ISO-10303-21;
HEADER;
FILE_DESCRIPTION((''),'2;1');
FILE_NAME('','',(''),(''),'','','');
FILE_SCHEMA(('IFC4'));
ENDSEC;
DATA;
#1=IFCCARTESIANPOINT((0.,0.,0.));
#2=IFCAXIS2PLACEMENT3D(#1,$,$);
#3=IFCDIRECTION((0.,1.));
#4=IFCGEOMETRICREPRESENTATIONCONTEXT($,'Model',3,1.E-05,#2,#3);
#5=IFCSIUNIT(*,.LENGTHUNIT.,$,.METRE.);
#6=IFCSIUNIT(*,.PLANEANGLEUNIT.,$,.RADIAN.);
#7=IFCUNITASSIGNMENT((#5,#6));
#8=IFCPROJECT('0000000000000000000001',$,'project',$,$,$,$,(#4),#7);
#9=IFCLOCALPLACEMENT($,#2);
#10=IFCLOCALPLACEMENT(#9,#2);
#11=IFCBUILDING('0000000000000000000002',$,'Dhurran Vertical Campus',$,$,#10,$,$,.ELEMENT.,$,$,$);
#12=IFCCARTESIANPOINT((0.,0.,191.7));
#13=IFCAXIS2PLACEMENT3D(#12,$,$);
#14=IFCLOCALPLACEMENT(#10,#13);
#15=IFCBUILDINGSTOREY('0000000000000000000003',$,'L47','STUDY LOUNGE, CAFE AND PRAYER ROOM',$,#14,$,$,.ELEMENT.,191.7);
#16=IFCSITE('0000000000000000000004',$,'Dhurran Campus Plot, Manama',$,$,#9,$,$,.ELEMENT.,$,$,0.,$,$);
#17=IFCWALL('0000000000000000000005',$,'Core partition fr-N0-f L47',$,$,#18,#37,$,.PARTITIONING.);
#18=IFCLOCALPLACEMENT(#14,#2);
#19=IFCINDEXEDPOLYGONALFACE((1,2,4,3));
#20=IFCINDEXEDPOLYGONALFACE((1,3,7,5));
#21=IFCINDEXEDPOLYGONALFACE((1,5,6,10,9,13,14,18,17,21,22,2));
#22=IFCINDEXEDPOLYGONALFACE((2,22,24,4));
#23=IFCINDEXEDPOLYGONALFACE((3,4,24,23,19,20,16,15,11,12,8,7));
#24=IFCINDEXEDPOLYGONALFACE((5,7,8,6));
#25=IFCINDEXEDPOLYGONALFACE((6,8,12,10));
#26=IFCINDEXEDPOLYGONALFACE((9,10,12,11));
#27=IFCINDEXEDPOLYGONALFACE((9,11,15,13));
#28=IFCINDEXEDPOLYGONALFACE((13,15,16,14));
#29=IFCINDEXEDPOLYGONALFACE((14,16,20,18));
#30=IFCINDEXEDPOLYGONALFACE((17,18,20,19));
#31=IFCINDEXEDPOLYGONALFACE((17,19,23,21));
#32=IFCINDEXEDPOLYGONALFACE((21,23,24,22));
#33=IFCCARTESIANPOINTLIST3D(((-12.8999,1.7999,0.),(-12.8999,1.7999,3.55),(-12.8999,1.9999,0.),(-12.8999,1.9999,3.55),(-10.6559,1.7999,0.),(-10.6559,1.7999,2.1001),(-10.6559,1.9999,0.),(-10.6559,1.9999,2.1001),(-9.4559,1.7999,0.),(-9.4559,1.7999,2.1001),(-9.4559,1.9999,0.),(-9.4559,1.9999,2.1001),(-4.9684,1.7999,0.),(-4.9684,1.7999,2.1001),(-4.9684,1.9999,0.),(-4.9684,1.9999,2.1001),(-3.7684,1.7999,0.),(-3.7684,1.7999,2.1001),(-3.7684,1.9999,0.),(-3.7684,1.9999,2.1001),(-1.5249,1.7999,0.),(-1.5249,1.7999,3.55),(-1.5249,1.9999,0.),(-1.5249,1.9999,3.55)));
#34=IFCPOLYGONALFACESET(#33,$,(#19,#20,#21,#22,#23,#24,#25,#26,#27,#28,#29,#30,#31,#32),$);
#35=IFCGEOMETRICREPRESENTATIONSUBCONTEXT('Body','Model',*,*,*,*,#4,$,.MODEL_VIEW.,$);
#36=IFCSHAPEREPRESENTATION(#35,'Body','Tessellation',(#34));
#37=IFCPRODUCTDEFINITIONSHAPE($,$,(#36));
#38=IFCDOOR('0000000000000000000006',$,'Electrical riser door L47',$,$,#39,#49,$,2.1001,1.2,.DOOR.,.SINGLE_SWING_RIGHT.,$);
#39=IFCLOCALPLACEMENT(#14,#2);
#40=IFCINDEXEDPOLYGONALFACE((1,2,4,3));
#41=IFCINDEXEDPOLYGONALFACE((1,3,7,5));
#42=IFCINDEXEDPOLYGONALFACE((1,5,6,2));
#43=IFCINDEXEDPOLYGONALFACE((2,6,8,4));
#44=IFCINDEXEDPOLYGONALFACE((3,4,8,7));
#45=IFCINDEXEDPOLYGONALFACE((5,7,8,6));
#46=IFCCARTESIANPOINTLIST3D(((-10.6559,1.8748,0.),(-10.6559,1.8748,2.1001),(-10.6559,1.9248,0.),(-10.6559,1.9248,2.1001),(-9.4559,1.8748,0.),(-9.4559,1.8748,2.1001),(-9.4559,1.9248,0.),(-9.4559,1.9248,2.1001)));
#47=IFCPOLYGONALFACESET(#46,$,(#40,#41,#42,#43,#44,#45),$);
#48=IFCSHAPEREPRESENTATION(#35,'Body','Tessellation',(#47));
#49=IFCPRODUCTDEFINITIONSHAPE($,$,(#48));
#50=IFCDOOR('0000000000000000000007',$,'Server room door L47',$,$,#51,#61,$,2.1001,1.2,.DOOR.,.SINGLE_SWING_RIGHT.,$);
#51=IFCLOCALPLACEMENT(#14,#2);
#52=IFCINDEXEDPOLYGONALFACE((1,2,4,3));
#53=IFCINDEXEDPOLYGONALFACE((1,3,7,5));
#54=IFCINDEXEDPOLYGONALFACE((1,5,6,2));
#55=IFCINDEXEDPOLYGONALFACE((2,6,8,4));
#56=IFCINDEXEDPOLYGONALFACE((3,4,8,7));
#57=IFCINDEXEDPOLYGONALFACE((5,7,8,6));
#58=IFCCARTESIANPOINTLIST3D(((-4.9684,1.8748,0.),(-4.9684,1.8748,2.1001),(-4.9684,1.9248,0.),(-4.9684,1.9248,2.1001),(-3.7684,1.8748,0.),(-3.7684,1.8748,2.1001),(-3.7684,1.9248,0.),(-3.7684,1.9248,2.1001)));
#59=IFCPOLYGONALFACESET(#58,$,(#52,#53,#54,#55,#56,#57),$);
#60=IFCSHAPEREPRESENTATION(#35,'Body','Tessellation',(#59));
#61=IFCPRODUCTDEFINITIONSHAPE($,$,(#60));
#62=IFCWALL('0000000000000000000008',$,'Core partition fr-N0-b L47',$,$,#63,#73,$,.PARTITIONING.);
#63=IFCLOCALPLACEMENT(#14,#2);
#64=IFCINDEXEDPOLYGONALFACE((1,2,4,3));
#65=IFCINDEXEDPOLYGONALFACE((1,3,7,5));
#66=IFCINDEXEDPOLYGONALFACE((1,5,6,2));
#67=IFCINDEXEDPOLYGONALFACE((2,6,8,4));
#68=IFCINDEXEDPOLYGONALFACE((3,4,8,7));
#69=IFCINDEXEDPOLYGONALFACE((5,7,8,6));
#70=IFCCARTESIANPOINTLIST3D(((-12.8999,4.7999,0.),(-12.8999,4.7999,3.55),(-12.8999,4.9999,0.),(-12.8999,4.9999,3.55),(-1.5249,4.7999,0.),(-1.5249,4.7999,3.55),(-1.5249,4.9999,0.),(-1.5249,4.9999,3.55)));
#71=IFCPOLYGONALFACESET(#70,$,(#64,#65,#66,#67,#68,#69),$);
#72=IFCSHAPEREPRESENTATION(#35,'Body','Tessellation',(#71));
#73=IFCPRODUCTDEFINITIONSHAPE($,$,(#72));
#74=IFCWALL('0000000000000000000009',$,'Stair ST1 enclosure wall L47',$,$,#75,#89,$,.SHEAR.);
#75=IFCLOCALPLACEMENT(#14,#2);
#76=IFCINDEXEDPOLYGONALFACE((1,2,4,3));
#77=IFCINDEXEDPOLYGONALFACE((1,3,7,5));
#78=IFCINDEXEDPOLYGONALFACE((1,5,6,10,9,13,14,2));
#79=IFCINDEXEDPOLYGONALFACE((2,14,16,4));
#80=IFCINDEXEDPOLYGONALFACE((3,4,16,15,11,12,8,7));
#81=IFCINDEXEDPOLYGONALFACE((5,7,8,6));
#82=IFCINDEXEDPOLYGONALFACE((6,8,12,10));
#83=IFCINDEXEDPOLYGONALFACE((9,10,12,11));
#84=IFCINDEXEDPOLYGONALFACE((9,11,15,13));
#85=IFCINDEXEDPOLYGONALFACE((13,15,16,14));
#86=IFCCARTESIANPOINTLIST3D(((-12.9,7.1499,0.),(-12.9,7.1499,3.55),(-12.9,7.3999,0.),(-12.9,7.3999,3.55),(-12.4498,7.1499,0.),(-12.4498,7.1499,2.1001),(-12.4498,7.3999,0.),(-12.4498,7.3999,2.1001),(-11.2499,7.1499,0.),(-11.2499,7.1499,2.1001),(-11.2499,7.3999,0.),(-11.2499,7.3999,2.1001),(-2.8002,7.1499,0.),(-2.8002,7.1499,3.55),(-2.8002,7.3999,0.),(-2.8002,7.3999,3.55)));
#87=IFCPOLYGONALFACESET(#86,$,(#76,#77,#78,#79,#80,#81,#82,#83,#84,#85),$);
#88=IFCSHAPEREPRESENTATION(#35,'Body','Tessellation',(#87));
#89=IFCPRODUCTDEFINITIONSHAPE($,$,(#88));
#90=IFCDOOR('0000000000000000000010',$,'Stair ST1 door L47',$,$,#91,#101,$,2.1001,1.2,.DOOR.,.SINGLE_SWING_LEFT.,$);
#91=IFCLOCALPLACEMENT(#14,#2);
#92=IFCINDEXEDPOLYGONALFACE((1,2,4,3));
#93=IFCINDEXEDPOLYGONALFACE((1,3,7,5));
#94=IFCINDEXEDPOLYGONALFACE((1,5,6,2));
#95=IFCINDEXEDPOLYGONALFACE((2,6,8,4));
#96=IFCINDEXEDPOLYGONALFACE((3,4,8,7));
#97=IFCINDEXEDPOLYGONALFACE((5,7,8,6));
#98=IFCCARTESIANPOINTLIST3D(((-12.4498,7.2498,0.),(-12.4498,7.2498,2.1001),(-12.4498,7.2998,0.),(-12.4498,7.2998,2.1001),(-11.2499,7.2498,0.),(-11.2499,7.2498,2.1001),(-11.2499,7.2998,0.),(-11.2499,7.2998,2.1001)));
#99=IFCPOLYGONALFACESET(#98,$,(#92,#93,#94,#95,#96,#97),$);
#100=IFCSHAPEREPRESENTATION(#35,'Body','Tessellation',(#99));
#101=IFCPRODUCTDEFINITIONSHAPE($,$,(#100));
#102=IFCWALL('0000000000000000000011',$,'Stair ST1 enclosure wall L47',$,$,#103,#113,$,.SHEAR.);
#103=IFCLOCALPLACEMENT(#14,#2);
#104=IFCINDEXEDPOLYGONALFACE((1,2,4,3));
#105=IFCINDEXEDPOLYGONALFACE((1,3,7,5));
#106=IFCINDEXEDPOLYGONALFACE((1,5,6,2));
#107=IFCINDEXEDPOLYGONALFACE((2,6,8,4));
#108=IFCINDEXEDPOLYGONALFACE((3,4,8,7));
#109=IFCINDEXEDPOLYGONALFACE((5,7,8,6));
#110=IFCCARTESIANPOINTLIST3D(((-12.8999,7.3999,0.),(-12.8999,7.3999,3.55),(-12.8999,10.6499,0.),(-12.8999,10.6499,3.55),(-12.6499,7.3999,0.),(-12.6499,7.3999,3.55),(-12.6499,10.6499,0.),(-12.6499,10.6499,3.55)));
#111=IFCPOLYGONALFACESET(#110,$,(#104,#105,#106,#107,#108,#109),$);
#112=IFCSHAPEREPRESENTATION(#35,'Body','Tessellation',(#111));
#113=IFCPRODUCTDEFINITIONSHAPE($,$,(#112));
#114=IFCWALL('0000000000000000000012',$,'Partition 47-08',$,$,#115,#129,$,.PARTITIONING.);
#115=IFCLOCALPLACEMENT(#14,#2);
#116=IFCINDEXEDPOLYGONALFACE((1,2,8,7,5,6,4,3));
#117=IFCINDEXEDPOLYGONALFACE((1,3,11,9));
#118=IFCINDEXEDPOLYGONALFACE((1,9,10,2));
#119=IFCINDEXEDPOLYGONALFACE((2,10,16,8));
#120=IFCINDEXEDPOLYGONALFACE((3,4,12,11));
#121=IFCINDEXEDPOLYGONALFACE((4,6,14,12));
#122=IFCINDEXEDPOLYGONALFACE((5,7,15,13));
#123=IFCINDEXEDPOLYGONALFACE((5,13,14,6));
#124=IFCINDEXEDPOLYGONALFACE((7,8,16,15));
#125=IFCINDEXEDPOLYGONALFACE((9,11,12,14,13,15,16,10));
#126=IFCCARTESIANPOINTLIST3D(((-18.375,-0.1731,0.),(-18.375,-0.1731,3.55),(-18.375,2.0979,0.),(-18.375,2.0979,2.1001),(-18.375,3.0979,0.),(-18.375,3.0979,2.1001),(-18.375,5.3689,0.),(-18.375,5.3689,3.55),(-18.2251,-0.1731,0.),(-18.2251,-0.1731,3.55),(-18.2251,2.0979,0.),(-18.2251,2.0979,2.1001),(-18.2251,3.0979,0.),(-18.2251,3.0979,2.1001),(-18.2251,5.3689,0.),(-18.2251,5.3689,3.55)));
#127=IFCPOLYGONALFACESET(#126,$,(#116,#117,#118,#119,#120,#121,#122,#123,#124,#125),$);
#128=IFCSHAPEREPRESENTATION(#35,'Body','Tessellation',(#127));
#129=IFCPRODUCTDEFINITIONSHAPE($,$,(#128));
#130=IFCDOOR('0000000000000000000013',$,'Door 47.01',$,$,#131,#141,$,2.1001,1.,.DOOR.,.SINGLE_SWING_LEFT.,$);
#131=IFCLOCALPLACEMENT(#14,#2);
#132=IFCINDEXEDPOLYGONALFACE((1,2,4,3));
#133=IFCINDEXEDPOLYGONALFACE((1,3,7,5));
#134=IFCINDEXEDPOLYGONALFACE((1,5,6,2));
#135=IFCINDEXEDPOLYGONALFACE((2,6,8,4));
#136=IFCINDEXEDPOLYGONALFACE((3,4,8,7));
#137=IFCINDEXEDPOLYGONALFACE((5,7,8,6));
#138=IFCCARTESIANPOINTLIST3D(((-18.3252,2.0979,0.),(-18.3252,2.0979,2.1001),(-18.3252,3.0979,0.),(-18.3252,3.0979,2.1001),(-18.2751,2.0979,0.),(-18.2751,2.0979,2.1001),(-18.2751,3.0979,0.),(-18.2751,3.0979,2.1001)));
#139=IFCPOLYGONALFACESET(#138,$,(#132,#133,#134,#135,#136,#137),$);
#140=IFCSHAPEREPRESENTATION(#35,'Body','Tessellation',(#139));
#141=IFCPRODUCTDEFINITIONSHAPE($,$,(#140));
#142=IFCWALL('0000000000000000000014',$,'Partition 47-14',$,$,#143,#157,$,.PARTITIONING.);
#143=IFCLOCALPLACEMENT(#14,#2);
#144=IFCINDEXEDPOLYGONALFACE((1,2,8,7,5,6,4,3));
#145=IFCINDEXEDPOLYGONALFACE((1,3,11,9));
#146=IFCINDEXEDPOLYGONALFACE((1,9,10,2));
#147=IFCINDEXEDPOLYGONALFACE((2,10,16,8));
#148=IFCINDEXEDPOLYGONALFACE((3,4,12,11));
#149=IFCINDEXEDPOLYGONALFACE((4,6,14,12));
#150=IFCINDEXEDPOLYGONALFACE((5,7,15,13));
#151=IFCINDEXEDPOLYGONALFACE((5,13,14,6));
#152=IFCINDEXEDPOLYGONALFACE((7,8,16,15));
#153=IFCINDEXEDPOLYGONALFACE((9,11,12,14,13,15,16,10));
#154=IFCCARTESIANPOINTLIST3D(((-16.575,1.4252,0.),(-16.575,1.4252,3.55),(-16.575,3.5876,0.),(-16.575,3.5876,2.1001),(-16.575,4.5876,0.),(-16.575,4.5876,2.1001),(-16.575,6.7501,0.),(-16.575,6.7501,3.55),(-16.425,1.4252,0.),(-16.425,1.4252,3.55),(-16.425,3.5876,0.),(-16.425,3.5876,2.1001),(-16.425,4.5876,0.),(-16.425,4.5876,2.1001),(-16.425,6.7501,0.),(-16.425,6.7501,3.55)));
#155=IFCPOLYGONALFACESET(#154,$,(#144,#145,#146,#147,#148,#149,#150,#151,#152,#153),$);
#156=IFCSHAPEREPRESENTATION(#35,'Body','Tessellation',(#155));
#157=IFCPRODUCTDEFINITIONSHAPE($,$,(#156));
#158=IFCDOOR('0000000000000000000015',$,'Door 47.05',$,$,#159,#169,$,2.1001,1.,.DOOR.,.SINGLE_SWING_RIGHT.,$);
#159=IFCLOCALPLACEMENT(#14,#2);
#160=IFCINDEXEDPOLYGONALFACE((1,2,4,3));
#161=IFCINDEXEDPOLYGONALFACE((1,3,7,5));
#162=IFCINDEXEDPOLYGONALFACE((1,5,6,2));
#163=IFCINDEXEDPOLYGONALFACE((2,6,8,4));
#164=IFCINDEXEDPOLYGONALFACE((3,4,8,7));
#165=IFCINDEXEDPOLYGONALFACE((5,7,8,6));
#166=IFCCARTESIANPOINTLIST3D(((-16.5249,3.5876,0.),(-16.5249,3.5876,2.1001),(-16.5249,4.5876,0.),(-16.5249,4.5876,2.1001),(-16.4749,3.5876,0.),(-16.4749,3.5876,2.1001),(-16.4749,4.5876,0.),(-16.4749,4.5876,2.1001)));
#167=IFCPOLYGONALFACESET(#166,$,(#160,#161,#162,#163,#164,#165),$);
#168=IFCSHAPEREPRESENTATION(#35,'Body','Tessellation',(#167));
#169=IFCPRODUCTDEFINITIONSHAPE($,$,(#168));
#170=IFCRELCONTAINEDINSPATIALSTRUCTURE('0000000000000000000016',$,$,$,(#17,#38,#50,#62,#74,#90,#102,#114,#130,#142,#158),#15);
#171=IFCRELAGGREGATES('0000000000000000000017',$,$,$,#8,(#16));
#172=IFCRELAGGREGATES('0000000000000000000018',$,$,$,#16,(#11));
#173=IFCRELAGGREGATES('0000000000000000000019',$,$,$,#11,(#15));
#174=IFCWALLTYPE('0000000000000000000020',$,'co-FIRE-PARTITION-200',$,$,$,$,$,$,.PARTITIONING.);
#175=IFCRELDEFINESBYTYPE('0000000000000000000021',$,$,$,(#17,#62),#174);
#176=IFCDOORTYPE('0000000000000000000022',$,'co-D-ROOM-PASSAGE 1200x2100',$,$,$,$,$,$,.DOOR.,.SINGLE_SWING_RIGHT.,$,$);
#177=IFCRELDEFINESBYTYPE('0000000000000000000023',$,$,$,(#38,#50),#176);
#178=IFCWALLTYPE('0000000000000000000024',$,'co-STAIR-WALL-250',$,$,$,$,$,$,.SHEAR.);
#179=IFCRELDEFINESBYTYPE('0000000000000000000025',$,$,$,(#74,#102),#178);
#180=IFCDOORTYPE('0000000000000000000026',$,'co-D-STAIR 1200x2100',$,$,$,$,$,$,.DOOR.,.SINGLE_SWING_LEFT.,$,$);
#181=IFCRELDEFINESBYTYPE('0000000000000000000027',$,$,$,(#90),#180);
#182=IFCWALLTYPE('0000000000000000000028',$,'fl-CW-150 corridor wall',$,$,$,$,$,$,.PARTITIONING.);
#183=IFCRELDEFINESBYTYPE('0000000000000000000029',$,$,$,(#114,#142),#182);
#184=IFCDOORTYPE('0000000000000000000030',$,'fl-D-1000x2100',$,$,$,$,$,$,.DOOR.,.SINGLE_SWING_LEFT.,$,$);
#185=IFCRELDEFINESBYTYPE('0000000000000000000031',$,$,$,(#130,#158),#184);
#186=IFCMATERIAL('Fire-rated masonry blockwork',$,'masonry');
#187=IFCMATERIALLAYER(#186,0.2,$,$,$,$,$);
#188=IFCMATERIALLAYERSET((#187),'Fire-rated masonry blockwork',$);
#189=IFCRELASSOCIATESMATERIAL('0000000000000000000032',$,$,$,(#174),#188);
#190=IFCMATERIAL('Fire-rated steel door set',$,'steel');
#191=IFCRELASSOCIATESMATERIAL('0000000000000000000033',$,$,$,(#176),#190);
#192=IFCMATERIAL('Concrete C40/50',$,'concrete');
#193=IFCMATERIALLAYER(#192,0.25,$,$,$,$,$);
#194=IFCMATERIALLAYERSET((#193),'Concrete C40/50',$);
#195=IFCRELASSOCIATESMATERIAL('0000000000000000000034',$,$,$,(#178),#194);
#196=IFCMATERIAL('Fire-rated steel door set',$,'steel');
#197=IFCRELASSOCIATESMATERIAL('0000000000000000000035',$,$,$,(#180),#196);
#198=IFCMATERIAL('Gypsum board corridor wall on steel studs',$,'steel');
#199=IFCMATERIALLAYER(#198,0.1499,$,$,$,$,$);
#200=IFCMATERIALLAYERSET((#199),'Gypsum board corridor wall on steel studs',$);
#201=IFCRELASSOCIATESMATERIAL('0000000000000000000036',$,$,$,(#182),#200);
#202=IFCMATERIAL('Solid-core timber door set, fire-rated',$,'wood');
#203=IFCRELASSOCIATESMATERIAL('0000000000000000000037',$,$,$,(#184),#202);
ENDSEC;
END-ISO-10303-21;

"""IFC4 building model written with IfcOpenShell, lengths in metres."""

from ifc_helpers import new_model, si_unit, direction, frame, frame_2d, origin, place, context, subcontext, project, spatial, rectangle, extrude, material, layer, layer_set, type_object, element, fill, save


model = new_model("IFC4")

# Units and contexts
model_context = context("Model", 3, precision=1e-05, world=origin(), true_north=direction((0.0, 1.0)))
body_context = subcontext(model_context, "Body", "Model", "MODEL_VIEW")
ifc_project = project(units=[si_unit("LENGTHUNIT", "METRE"), si_unit("PLANEANGLEUNIT", "RADIAN")], contexts=[model_context])

# Site, building, storey
site_placement = place(None, origin())
site = spatial("IfcSite", under=ifc_project, at=site_placement, Name="Dhurran Campus Plot, Manama", CompositionType="ELEMENT", RefElevation=0.0)
building_placement = place(site_placement, origin())
building = spatial("IfcBuilding", under=site, at=building_placement, Name="Dhurran Vertical Campus", CompositionType="ELEMENT")
storey_placement = place(building_placement, frame((0.0, 0.0, 191.7)))
storey = spatial("IfcBuildingStorey", under=building, at=storey_placement, Name="L47", Description="STUDY LOUNGE, CAFE AND PRAYER ROOM", CompositionType="ELEMENT", Elevation=191.7)

# Wall, openings, doors
ifc_material_1 = material(Name="Fire-rated masonry blockwork", Category="masonry")
ifc_layer_1 = layer(ifc_material_1, 0.2)
ifc_layer_set_1 = layer_set([ifc_layer_1], Name="Fire-rated masonry blockwork")
wall_type_1 = type_object("IfcWallType", Name="co-FIRE-PARTITION-200", PredefinedType="PARTITIONING", material=ifc_layer_set_1)
wall_1_placement = place(storey_placement, frame((-12.8999, 1.8999, 0.0), z_axis=(0.0, 0.0, 1.0), x_axis=(1.0, 0.0, 0.0)))
wall_1 = element("IfcWall", 1, at=wall_1_placement, inside=storey, type_object=wall_type_1, Name="Core partition fr-N0-f L47", PredefinedType="PARTITIONING", context=body_context, shape_type="SweptSolid", body=[
    extrude(rectangle(XDim=11.375, YDim=0.2, at=frame_2d((5.6875, 0.0))), origin(), (0.0, 0.0, 1.0), 3.55),
])
opening_1_placement = place(wall_1_placement, frame((2.2439, 0.0, 0.0)))
opening_1 = element("IfcOpeningElement", 2, at=opening_1_placement, cuts=wall_1, PredefinedType="OPENING", context=body_context, shape_type="SweptSolid", body=[
    extrude(rectangle(XDim=1.2, YDim=2.1001, at=frame_2d((0.6001, 1.05))), frame((0.0, 0.1099, 0.0), z_axis=(0.0, -1.0, 0.0), x_axis=(1.0, 0.0, 0.0)), (0.0, 0.0, 1.0), 0.22),
])
opening_2_placement = place(wall_1_placement, frame((7.9314, 0.0, 0.0)))
opening_2 = element("IfcOpeningElement", 3, at=opening_2_placement, cuts=wall_1, PredefinedType="OPENING", context=body_context, shape_type="SweptSolid", body=[
    extrude(rectangle(XDim=1.2, YDim=2.1001, at=frame_2d((0.6001, 1.05))), frame((0.0, 0.1099, 0.0), z_axis=(0.0, -1.0, 0.0), x_axis=(1.0, 0.0, 0.0)), (0.0, 0.0, 1.0), 0.22),
])
ifc_material_2 = material(Name="Fire-rated steel door set", Category="steel")
door_type_1 = type_object("IfcDoorType", Name="co-D-ROOM-PASSAGE 1200x2100", OperationType="SINGLE_SWING_RIGHT", PredefinedType="DOOR", material=ifc_material_2)
door_1_placement = place(opening_1_placement, origin())
door_1 = element("IfcDoor", 4, at=door_1_placement, inside=storey, type_object=door_type_1, Name="Electrical riser door L47", OperationType="SINGLE_SWING_RIGHT", OverallHeight=2.1001, OverallWidth=1.2, PredefinedType="DOOR", context=body_context, shape_type="SweptSolid", body=[
    extrude(rectangle(XDim=1.2, YDim=2.1001, at=frame_2d((0.6001, 1.05))), frame((0.0, 0.0249, 0.0), z_axis=(0.0, -1.0, 0.0), x_axis=(1.0, 0.0, 0.0)), (0.0, 0.0, 1.0), 0.05),
])
fill(opening_1, door_1)
door_2_placement = place(opening_2_placement, origin())
door_2 = element("IfcDoor", 5, at=door_2_placement, inside=storey, type_object=door_type_1, Name="Server room door L47", OperationType="SINGLE_SWING_RIGHT", OverallHeight=2.1001, OverallWidth=1.2, PredefinedType="DOOR", context=body_context, shape_type="SweptSolid", body=[
    extrude(rectangle(XDim=1.2, YDim=2.1001, at=frame_2d((0.6001, 1.05))), frame((0.0, 0.0249, 0.0), z_axis=(0.0, -1.0, 0.0), x_axis=(1.0, 0.0, 0.0)), (0.0, 0.0, 1.0), 0.05),
])
fill(opening_2, door_2)

# Wall
wall_2_placement = place(storey_placement, frame((-12.8999, 4.8999, 0.0), z_axis=(0.0, 0.0, 1.0), x_axis=(1.0, 0.0, 0.0)))
element("IfcWall", 6, at=wall_2_placement, inside=storey, type_object=wall_type_1, Name="Core partition fr-N0-b L47", PredefinedType="PARTITIONING", context=body_context, shape_type="SweptSolid", body=[
    extrude(rectangle(XDim=11.375, YDim=0.2, at=frame_2d((5.6875, 0.0))), origin(), (0.0, 0.0, 1.0), 3.55),
])

# Wall, opening, door
ifc_material_3 = material(Name="Concrete C40/50", Category="concrete")
ifc_layer_2 = layer(ifc_material_3, 0.25)
ifc_layer_set_2 = layer_set([ifc_layer_2], Name="Concrete C40/50")
wall_type_2 = type_object("IfcWallType", Name="co-STAIR-WALL-250", PredefinedType="SHEAR", material=ifc_layer_set_2)
wall_3_placement = place(storey_placement, frame((-12.8999, 7.2749, 0.0), z_axis=(0.0, 0.0, 1.0), x_axis=(1.0, 0.0, 0.0)))
wall_3 = element("IfcWall", 7, at=wall_3_placement, inside=storey, type_object=wall_type_2, Name="Stair ST1 enclosure wall L47", PredefinedType="SHEAR", context=body_context, shape_type="SweptSolid", body=[
    extrude(rectangle(XDim=10.0999, YDim=0.25, at=frame_2d((5.0498, 0.0))), origin(), (0.0, 0.0, 1.0), 3.55),
])
opening_3_placement = place(wall_3_placement, frame((0.45, 0.0, 0.0)))
opening_3 = element("IfcOpeningElement", 8, at=opening_3_placement, cuts=wall_3, PredefinedType="OPENING", context=body_context, shape_type="SweptSolid", body=[
    extrude(rectangle(XDim=1.2, YDim=2.1001, at=frame_2d((0.6001, 1.05))), frame((0.0, 0.135, 0.0), z_axis=(0.0, -1.0, 0.0), x_axis=(1.0, 0.0, 0.0)), (0.0, 0.0, 1.0), 0.27),
])
ifc_material_4 = material(Name="Fire-rated steel door set", Category="steel")
door_type_2 = type_object("IfcDoorType", Name="co-D-STAIR 1200x2100", OperationType="SINGLE_SWING_LEFT", PredefinedType="DOOR", material=ifc_material_4)
door_3_placement = place(opening_3_placement, origin())
door_3 = element("IfcDoor", 9, at=door_3_placement, inside=storey, type_object=door_type_2, Name="Stair ST1 door L47", OperationType="SINGLE_SWING_LEFT", OverallHeight=2.1001, OverallWidth=1.2, PredefinedType="DOOR", context=body_context, shape_type="SweptSolid", body=[
    extrude(rectangle(XDim=1.2, YDim=2.1001, at=frame_2d((0.6001, 1.05))), frame((0.0, 0.0249, 0.0), z_axis=(0.0, -1.0, 0.0), x_axis=(1.0, 0.0, 0.0)), (0.0, 0.0, 1.0), 0.05),
])
fill(opening_3, door_3)

# Wall
wall_4_placement = place(storey_placement, frame((-12.7749, 7.3999, 0.0), z_axis=(0.0, 0.0, 1.0), x_axis=(0.0, 1.0, 0.0)))
element("IfcWall", 10, at=wall_4_placement, inside=storey, type_object=wall_type_2, Name="Stair ST1 enclosure wall L47", PredefinedType="SHEAR", context=body_context, shape_type="SweptSolid", body=[
    extrude(rectangle(XDim=3.25, YDim=0.25, at=frame_2d((1.625, 0.0))), origin(), (0.0, 0.0, 1.0), 3.55),
])

# Walls, openings, doors
ifc_material_5 = material(Name="Gypsum board corridor wall on steel studs", Category="steel")
ifc_layer_3 = layer(ifc_material_5, 0.1499)
ifc_layer_set_3 = layer_set([ifc_layer_3], Name="Gypsum board corridor wall on steel studs")
wall_type_3 = type_object("IfcWallType", Name="fl-CW-150 corridor wall", PredefinedType="PARTITIONING", material=ifc_layer_set_3)
wall_5_placement = place(storey_placement, frame((-18.3, 5.3689, 0.0), z_axis=(0.0, 0.0, 1.0), x_axis=(0.0, -1.0, 0.0)))
wall_5 = element("IfcWall", 11, at=wall_5_placement, inside=storey, type_object=wall_type_3, Name="Partition 47-08", PredefinedType="PARTITIONING", context=body_context, shape_type="SweptSolid", body=[
    extrude(rectangle(XDim=5.542, YDim=0.1499, at=frame_2d((2.771, 0.0))), origin(), (0.0, 0.0, 1.0), 3.55),
])
opening_4_placement = place(wall_5_placement, frame((2.271, 0.0, 0.0)))
opening_4 = element("IfcOpeningElement", 12, at=opening_4_placement, cuts=wall_5, PredefinedType="OPENING", context=body_context, shape_type="SweptSolid", body=[
    extrude(rectangle(XDim=1.0, YDim=2.1001, at=frame_2d((0.5, 1.05))), frame((0.0, 0.085, 0.0), z_axis=(0.0, -1.0, 0.0), x_axis=(1.0, 0.0, 0.0)), (0.0, 0.0, 1.0), 0.1699),
])
ifc_material_6 = material(Name="Solid-core timber door set, fire-rated", Category="wood")
door_type_3 = type_object("IfcDoorType", Name="fl-D-1000x2100", OperationType="SINGLE_SWING_LEFT", PredefinedType="DOOR", material=ifc_material_6)
door_4_placement = place(opening_4_placement, origin())
door_4 = element("IfcDoor", 13, at=door_4_placement, inside=storey, type_object=door_type_3, Name="Door 47.01", OperationType="SINGLE_SWING_LEFT", OverallHeight=2.1001, OverallWidth=1.0, PredefinedType="DOOR", context=body_context, shape_type="SweptSolid", body=[
    extrude(rectangle(XDim=1.0, YDim=2.1001, at=frame_2d((0.5, 1.05))), frame((0.0, 0.0249, 0.0), z_axis=(0.0, -1.0, 0.0), x_axis=(1.0, 0.0, 0.0)), (0.0, 0.0, 1.0), 0.05),
])
fill(opening_4, door_4)
wall_6_placement = place(storey_placement, frame((-16.5, 1.425, 0.0), z_axis=(0.0, 0.0, 1.0), x_axis=(0.0, 1.0, 0.0)))
wall_6 = element("IfcWall", 14, at=wall_6_placement, inside=storey, type_object=wall_type_3, Name="Partition 47-14", PredefinedType="PARTITIONING", context=body_context, shape_type="SweptSolid", body=[
    extrude(rectangle(XDim=5.325, YDim=0.1499, at=frame_2d((2.6626, 0.0))), origin(), (0.0, 0.0, 1.0), 3.55),
])
opening_5_placement = place(wall_6_placement, frame((2.1626, 0.0, 0.0)))
opening_5 = element("IfcOpeningElement", 15, at=opening_5_placement, cuts=wall_6, PredefinedType="OPENING", context=body_context, shape_type="SweptSolid", body=[
    extrude(rectangle(XDim=1.0, YDim=2.1001, at=frame_2d((0.5, 1.05))), frame((0.0, 0.085, 0.0), z_axis=(0.0, -1.0, 0.0), x_axis=(1.0, 0.0, 0.0)), (0.0, 0.0, 1.0), 0.1699),
])
door_5_placement = place(opening_5_placement, origin())
door_5 = element("IfcDoor", 16, at=door_5_placement, inside=storey, type_object=door_type_3, Name="Door 47.05", OperationType="SINGLE_SWING_RIGHT", OverallHeight=2.1001, OverallWidth=1.0, PredefinedType="DOOR", context=body_context, shape_type="SweptSolid", body=[
    extrude(rectangle(XDim=1.0, YDim=2.1001, at=frame_2d((0.5, 1.05))), frame((0.0, 0.0249, 0.0), z_axis=(0.0, -1.0, 0.0), x_axis=(1.0, 0.0, 0.0)), (0.0, 0.0, 1.0), 0.05),
])
fill(opening_5, door_5)

save(model, "model.ifc")
